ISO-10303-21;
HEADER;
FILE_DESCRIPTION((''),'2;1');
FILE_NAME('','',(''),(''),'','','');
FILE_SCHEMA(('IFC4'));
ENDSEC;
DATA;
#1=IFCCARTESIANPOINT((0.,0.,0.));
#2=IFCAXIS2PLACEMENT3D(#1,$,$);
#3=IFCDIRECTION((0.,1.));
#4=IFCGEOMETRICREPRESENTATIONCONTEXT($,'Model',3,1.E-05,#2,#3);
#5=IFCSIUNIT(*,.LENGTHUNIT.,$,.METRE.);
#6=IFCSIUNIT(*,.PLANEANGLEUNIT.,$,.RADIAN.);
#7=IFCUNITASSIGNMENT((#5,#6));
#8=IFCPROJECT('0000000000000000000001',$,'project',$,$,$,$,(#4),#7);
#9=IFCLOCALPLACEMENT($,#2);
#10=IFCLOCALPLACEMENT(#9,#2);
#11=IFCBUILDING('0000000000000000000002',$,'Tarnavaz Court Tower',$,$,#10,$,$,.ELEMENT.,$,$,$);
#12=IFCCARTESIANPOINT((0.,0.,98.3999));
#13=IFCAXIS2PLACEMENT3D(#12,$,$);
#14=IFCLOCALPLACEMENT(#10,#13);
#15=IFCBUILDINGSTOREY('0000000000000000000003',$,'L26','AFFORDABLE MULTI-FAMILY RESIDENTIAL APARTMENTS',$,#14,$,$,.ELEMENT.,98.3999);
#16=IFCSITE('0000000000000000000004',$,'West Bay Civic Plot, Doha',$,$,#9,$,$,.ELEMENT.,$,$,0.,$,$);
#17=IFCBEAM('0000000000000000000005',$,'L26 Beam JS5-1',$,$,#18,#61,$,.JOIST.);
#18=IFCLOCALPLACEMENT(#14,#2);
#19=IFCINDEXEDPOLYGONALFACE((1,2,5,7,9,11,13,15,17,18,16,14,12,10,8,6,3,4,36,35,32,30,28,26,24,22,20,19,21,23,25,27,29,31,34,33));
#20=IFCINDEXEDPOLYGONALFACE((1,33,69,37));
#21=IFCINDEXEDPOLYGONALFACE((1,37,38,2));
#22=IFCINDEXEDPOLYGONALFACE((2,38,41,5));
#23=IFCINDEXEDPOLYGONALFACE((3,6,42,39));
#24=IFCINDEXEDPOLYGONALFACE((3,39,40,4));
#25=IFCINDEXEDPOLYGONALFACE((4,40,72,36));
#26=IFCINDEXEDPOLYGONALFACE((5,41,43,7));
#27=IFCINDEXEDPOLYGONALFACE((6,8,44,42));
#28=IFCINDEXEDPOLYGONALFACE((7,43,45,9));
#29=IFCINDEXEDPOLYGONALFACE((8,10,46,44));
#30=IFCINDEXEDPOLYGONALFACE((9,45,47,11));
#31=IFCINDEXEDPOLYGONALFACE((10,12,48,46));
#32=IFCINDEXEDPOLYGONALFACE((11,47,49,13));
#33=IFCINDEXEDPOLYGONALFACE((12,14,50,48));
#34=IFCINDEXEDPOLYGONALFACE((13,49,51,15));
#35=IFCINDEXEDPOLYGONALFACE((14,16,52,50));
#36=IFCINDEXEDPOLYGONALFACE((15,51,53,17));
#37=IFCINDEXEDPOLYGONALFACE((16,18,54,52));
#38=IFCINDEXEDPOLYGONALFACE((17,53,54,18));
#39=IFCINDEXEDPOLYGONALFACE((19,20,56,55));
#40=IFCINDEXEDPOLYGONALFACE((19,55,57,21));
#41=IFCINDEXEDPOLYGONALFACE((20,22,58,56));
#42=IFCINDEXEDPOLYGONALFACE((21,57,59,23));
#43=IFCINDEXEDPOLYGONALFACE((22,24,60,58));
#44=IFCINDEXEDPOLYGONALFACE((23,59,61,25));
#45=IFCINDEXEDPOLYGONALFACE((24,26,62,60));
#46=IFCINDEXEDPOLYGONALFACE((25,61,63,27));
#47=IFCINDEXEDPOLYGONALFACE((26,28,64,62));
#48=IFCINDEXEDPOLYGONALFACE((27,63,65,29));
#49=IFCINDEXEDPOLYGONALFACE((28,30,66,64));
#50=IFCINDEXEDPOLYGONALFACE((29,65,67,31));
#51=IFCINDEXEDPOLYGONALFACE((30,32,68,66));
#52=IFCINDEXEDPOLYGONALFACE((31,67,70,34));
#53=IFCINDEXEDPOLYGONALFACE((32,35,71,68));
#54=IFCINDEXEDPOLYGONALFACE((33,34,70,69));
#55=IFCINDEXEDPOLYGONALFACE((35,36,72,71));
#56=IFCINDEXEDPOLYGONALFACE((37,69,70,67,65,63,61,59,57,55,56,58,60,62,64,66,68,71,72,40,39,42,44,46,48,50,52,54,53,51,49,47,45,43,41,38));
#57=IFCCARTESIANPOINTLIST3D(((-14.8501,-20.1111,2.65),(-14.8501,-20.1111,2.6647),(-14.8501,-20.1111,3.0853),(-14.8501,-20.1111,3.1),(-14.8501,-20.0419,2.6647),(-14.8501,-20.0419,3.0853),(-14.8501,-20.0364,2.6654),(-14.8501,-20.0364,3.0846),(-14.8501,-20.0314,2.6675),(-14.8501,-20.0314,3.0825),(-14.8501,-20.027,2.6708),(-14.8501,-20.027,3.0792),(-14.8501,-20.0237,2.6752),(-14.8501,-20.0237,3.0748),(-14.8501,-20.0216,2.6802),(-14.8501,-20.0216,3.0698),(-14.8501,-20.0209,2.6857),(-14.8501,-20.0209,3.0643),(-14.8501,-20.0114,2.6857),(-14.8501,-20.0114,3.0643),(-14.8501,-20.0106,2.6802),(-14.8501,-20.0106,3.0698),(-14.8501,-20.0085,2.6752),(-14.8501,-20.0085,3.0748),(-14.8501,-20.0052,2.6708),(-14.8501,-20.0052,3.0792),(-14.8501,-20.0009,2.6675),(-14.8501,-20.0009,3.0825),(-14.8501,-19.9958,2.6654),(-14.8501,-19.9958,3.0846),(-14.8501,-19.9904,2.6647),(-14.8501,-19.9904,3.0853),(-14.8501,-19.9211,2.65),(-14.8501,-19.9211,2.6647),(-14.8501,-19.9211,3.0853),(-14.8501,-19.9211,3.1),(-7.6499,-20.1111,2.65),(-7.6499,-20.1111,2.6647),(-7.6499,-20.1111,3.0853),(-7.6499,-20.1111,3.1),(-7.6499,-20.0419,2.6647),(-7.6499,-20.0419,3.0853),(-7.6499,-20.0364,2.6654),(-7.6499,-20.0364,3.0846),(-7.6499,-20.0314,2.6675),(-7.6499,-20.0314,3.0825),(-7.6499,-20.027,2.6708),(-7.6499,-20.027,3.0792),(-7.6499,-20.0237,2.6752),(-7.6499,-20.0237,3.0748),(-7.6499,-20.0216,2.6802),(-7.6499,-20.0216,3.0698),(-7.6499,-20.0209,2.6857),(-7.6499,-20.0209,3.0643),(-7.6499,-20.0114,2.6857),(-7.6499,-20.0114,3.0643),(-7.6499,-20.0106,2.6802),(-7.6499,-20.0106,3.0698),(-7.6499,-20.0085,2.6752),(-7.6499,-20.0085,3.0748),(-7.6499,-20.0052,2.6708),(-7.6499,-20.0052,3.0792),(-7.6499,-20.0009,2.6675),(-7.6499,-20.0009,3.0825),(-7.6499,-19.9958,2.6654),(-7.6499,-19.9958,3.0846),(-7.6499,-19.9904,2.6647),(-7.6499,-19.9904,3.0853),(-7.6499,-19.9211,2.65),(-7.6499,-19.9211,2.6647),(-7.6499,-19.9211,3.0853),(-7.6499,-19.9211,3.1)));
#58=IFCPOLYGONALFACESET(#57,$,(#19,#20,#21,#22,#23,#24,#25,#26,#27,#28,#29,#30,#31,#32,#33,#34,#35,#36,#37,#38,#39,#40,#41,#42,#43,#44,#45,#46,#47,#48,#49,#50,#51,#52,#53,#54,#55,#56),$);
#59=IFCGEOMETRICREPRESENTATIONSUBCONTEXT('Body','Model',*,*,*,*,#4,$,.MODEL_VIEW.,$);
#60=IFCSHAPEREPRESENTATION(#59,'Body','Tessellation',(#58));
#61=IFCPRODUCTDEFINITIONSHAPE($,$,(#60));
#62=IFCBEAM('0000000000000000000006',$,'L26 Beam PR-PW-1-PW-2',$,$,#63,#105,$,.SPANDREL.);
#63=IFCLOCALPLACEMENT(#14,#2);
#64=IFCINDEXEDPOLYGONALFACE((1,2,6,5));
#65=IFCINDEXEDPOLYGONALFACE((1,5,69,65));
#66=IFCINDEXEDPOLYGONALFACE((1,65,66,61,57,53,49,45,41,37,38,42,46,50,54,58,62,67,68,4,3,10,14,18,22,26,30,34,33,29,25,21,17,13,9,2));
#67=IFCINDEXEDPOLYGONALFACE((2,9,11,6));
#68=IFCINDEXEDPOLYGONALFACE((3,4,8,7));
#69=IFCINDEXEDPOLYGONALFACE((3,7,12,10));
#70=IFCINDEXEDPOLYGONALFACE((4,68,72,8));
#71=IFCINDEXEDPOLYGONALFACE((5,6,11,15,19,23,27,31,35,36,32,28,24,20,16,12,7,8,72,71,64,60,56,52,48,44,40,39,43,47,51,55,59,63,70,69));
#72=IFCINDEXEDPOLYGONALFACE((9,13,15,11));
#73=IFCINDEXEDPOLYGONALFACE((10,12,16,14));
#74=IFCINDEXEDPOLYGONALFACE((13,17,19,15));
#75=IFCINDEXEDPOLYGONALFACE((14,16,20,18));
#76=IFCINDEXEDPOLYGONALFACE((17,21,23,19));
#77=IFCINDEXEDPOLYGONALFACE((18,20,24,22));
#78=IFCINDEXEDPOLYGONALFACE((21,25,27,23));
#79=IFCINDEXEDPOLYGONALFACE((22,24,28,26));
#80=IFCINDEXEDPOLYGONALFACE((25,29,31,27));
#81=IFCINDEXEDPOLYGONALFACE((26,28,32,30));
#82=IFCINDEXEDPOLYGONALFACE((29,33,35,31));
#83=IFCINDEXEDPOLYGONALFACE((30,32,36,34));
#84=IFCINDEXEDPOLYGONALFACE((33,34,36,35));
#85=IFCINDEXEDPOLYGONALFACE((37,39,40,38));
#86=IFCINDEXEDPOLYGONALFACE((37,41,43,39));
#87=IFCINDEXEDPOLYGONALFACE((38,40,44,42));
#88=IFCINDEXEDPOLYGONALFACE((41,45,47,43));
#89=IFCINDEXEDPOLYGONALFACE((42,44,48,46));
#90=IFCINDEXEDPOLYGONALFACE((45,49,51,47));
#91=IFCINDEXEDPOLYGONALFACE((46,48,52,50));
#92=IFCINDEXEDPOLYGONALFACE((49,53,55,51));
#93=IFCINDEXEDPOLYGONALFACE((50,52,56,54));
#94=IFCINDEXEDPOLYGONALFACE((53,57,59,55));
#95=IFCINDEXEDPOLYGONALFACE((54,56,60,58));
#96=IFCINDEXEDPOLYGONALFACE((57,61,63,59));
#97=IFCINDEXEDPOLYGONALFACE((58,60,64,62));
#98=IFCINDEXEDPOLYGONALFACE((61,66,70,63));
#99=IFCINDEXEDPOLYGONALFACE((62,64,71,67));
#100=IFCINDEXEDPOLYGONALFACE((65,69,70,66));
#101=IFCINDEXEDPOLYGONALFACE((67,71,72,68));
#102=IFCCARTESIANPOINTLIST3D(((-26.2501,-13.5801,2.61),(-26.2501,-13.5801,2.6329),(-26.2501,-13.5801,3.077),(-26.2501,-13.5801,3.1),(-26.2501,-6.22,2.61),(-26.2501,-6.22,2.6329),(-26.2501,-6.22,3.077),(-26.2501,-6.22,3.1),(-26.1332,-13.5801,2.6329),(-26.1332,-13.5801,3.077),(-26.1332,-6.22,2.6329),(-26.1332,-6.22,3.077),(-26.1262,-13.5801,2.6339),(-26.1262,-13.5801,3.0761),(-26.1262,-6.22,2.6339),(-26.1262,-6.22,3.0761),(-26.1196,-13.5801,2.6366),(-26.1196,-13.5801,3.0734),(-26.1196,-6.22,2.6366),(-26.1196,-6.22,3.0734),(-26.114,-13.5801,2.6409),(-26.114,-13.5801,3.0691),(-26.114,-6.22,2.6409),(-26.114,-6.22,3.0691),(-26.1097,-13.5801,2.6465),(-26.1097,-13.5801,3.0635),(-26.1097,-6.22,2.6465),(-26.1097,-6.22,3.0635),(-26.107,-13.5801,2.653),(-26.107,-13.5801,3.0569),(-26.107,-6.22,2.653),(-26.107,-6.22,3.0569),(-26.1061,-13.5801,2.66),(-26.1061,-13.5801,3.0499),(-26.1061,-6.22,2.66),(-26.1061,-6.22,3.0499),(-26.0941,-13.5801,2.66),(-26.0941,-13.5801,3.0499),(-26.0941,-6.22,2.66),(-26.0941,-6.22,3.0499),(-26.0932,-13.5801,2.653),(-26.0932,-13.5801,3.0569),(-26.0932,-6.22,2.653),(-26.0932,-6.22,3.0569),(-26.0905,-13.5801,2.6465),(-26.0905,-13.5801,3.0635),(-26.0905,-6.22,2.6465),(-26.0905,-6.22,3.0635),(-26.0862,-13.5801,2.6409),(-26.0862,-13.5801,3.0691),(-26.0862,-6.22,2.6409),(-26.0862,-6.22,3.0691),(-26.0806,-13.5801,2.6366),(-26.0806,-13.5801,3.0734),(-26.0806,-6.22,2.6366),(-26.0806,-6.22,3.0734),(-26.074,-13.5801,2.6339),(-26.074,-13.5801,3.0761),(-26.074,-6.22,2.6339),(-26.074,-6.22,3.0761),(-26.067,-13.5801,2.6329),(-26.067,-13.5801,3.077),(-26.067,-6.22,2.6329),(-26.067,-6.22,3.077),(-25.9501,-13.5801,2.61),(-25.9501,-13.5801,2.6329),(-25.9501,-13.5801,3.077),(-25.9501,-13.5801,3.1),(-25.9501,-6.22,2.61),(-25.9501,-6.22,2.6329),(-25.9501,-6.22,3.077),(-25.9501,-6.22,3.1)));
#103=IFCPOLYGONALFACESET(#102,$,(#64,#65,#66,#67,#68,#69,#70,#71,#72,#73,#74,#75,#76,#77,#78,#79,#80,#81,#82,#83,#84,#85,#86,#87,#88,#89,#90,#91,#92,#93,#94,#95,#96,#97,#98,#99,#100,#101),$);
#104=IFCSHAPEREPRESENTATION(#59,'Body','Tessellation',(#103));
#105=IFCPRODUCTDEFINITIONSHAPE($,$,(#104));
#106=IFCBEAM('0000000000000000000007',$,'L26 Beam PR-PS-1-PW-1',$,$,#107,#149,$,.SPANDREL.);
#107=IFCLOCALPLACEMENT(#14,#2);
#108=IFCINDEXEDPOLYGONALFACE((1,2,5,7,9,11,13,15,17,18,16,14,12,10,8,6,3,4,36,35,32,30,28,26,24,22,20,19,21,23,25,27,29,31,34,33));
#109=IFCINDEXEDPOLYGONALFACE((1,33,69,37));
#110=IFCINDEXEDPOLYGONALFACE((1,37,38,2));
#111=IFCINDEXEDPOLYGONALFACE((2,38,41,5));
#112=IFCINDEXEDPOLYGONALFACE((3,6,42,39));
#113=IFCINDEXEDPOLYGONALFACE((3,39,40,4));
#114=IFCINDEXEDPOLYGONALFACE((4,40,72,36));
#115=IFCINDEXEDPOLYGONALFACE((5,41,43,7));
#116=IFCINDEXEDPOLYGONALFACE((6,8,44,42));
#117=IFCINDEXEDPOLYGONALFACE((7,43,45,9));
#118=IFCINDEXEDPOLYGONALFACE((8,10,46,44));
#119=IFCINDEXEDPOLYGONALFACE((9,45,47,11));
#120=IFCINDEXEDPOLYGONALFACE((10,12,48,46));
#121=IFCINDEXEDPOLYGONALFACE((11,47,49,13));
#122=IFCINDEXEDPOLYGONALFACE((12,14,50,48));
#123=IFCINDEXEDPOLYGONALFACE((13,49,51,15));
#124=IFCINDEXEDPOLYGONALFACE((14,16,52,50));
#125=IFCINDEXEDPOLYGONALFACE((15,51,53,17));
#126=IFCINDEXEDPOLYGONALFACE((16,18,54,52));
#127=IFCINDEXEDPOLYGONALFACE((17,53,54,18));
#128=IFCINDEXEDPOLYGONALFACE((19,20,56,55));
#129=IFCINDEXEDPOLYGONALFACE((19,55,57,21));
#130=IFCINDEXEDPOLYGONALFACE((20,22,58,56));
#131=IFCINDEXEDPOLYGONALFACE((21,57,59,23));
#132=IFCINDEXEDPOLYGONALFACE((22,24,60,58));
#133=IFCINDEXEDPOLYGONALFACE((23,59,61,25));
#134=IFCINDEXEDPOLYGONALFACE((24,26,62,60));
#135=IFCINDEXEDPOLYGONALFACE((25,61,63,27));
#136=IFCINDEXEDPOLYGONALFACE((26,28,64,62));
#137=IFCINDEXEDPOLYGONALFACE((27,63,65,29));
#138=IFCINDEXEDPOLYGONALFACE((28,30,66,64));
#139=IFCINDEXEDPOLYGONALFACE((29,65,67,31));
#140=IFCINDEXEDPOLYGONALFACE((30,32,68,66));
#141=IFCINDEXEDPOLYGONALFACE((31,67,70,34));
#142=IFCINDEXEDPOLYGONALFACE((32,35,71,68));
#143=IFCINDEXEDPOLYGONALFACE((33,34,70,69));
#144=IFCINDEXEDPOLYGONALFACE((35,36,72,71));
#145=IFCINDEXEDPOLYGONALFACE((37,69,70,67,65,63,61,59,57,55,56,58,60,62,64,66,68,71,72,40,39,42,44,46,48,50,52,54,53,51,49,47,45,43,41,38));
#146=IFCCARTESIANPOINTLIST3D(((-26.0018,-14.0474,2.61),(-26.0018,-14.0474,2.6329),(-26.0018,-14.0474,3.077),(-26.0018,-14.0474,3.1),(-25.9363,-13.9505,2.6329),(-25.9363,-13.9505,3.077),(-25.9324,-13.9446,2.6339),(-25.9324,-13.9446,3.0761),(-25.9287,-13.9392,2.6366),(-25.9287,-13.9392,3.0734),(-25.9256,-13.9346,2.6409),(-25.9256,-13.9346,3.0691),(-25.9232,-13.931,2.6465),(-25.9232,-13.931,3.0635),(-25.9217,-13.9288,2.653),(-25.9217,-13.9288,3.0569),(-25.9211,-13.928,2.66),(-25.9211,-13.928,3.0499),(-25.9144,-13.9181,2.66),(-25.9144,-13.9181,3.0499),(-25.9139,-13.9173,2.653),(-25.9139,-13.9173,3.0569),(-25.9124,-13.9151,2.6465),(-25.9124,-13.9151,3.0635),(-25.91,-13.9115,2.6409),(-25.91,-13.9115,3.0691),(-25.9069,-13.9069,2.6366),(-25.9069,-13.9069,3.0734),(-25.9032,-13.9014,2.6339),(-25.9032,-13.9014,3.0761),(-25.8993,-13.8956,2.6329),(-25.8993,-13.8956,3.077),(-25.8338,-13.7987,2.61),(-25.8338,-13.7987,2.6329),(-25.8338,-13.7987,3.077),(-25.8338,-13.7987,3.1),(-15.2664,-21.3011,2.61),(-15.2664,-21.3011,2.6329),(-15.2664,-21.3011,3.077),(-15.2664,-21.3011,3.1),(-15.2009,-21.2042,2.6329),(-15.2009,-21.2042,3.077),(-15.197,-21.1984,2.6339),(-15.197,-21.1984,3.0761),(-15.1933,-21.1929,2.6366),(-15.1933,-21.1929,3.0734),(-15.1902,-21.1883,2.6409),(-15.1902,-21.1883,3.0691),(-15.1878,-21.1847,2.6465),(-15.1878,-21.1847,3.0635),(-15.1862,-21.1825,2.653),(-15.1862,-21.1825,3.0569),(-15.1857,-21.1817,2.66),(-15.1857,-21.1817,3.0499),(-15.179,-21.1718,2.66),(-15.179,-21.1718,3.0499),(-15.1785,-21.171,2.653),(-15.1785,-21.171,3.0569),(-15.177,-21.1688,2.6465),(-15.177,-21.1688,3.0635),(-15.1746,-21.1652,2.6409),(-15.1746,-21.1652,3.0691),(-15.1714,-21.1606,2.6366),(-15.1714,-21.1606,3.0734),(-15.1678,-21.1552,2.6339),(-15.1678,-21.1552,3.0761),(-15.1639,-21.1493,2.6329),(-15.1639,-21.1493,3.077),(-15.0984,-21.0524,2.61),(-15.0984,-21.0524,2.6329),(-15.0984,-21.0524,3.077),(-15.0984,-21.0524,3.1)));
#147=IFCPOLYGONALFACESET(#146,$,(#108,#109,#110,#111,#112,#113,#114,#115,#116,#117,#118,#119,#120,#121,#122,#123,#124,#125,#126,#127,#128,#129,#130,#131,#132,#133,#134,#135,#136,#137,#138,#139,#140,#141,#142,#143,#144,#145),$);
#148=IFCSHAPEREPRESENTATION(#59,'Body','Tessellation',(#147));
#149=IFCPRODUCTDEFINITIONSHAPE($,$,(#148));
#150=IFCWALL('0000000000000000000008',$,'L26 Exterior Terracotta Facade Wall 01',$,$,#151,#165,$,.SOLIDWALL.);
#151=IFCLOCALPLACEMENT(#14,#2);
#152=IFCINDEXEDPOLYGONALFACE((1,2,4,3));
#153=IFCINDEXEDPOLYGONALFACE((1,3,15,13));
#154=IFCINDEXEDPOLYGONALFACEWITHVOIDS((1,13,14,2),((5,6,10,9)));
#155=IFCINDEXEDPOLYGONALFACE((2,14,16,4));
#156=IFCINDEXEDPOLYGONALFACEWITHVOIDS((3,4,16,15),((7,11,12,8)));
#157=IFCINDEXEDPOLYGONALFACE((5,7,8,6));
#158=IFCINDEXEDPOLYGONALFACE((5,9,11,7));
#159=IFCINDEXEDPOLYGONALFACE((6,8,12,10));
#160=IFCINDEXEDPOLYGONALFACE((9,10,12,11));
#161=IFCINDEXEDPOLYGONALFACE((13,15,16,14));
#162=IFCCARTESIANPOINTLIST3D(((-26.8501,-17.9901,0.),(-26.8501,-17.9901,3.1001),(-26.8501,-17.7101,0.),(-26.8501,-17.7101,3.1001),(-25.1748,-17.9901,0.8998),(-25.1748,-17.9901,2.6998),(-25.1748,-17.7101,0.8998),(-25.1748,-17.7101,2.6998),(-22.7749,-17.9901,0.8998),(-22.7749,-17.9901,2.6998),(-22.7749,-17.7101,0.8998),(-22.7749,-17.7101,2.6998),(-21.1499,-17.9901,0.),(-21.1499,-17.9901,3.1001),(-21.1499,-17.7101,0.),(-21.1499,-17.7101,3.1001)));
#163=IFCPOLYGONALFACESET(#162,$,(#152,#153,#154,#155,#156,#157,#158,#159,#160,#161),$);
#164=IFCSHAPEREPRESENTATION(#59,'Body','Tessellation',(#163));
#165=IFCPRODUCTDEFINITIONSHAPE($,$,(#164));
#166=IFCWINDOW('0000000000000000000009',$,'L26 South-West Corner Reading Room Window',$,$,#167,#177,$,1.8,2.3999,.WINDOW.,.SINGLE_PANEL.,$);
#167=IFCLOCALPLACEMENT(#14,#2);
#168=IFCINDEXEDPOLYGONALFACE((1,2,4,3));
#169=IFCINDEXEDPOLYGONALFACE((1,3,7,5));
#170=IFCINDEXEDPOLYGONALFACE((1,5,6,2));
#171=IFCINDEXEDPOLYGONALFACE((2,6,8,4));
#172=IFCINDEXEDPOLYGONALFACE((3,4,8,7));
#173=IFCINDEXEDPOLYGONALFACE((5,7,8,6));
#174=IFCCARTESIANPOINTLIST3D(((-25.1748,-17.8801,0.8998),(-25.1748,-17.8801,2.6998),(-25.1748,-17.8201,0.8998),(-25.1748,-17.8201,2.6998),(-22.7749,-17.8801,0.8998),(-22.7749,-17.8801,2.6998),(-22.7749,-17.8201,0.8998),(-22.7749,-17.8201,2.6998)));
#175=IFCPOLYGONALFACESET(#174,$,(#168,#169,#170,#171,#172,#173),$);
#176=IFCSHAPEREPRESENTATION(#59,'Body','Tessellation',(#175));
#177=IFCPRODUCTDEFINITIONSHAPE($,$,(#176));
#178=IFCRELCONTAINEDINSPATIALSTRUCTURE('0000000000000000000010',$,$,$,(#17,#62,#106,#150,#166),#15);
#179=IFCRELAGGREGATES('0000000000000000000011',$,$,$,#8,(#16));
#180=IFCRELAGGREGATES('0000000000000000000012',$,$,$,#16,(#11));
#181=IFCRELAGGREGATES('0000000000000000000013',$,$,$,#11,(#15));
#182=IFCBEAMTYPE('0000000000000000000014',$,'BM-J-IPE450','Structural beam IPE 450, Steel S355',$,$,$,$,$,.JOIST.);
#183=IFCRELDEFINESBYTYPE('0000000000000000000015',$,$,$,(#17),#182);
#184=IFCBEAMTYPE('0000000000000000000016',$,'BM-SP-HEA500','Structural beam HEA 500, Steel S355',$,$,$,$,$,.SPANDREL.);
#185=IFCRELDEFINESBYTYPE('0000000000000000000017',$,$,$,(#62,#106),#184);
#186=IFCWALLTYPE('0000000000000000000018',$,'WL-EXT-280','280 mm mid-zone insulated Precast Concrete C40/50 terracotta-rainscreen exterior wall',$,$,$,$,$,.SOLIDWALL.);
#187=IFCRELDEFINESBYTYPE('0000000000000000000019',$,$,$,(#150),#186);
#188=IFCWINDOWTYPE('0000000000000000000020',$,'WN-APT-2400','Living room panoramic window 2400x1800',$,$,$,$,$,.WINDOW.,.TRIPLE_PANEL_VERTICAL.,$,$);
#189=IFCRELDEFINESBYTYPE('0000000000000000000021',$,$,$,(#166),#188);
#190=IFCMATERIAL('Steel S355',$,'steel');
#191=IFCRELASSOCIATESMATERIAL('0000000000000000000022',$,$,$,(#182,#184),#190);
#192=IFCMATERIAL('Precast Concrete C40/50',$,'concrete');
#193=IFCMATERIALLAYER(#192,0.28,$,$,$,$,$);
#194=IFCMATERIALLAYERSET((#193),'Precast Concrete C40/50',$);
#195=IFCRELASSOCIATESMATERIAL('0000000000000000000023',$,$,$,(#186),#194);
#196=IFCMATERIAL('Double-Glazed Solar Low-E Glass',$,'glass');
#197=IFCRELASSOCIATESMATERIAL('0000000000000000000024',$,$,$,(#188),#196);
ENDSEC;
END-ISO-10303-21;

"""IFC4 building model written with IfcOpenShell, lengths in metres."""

from ifc_helpers import new_model, si_unit, direction, frame, frame_2d, origin, origin_2d, place, context, subcontext, project, spatial, rectangle, i_section, extrude, material, layer, layer_set, material_profile, profile_set, type_object, element, fill, save


model = new_model("IFC4")

# Units and contexts
model_context = context("Model", 3, precision=1e-05, world=origin(), true_north=direction((0.0, 1.0)))
body_context = subcontext(model_context, "Body", "Model", "MODEL_VIEW")
ifc_project = project(units=[si_unit("LENGTHUNIT", "METRE"), si_unit("PLANEANGLEUNIT", "RADIAN")], contexts=[model_context])

# Site, building, storey
site_placement = place(None, origin())
site = spatial("IfcSite", under=ifc_project, at=site_placement, Name="West Bay Civic Plot, Doha", CompositionType="ELEMENT", RefElevation=0.0)
building_placement = place(site_placement, origin())
building = spatial("IfcBuilding", under=site, at=building_placement, Name="Tarnavaz Court Tower", CompositionType="ELEMENT")
storey_placement = place(building_placement, frame((0.0, 0.0, 98.3999)))
storey = spatial("IfcBuildingStorey", under=building, at=storey_placement, Name="L26", Description="AFFORDABLE MULTI-FAMILY RESIDENTIAL APARTMENTS", CompositionType="ELEMENT", Elevation=98.3999)

# Beams
ifc_material_1 = material(Name="Steel S355", Category="steel")
ifc_material_profile_1 = material_profile(ifc_material_1, i_section(OverallWidth=0.1899, OverallDepth=0.45, WebThickness=0.0095, FlangeThickness=0.0146, FilletRadius=0.021, at=origin_2d()), Name="IPE 450")
ifc_profile_set_1 = profile_set([ifc_material_profile_1], Name="Steel S355")
beam_type_1 = type_object("IfcBeamType", Name="BM-J-IPE450", Description="Structural beam IPE 450, Steel S355", PredefinedType="JOIST", material=ifc_profile_set_1)
for number, where, z_axis, x_axis, name in (
    (1, (-14.8501, -20.0161, 2.875), (1.0, 0.0, 0.0), (0.0, 1.0, 0.0), "L26 Beam JS5-1"),
):
    element("IfcBeam", number, at=place(storey_placement, frame(where, z_axis=z_axis, x_axis=x_axis)), inside=storey, type_object=beam_type_1, Name=name, PredefinedType="JOIST", context=body_context, shape_type="SweptSolid", body=[
        extrude(i_section(OverallWidth=0.1899, OverallDepth=0.45, WebThickness=0.0095, FlangeThickness=0.0146, FilletRadius=0.021, at=origin_2d()), origin(), (0.0, 0.0, 1.0), 7.2002),
    ])
ifc_material_profile_2 = material_profile(ifc_material_1, i_section(OverallWidth=0.3, OverallDepth=0.49, WebThickness=0.012, FlangeThickness=0.0229, FilletRadius=0.0271, at=origin_2d()), Name="HEA 500")
ifc_profile_set_2 = profile_set([ifc_material_profile_2], Name="Steel S355")
beam_type_2 = type_object("IfcBeamType", Name="BM-SP-HEA500", Description="Structural beam HEA 500, Steel S355", PredefinedType="SPANDREL", material=ifc_profile_set_2)
beam_1_placement = place(storey_placement, frame((-26.1001, -13.5801, 2.855), z_axis=(0.0, 1.0, 0.0), x_axis=(-1.0, 0.0, 0.0)))
element("IfcBeam", 2, at=beam_1_placement, inside=storey, type_object=beam_type_2, Name="L26 Beam PR-PW-1-PW-2", PredefinedType="SPANDREL", context=body_context, shape_type="SweptSolid", body=[
    extrude(i_section(OverallWidth=0.3, OverallDepth=0.49, WebThickness=0.012, FlangeThickness=0.0229, FilletRadius=0.0271, at=origin_2d()), origin(), (0.0, 0.0, 1.0), 7.3601),
])
beam_2_placement = place(storey_placement, frame((-15.1824, -21.1768, 2.855), z_axis=(-0.828587, 0.55986, 0.0), x_axis=(-0.55986, -0.828587, 0.0)))
element("IfcBeam", 3, at=beam_2_placement, inside=storey, type_object=beam_type_2, Name="L26 Beam PR-PS-1-PW-1", PredefinedType="SPANDREL", context=body_context, shape_type="SweptSolid", body=[
    extrude(i_section(OverallWidth=0.3, OverallDepth=0.49, WebThickness=0.012, FlangeThickness=0.0229, FilletRadius=0.0271, at=origin_2d()), origin(), (0.0, 0.0, 1.0), 12.9563),
])

# Wall, opening, window
ifc_material_2 = material(Name="Precast Concrete C40/50", Category="concrete")
ifc_layer_1 = layer(ifc_material_2, 0.28)
ifc_layer_set_1 = layer_set([ifc_layer_1], Name="Precast Concrete C40/50")
wall_type_1 = type_object("IfcWallType", Name="WL-EXT-280", Description="280 mm mid-zone insulated Precast Concrete C40/50 terracotta-rainscreen exterior wall", PredefinedType="SOLIDWALL", material=ifc_layer_set_1)
wall_1_placement = place(storey_placement, frame((-21.1499, -17.8501, 0.0), z_axis=(0.0, 0.0, 1.0), x_axis=(-1.0, 0.0, 0.0)))
wall_1 = element("IfcWall", 4, at=wall_1_placement, inside=storey, type_object=wall_type_1, Name="L26 Exterior Terracotta Facade Wall 01", PredefinedType="SOLIDWALL", context=body_context, shape_type="SweptSolid", body=[
    extrude(rectangle(XDim=5.7002, YDim=0.28, at=frame_2d((2.8501, 0.0))), origin(), (0.0, 0.0, 1.0), 3.1001),
])
opening_1_placement = place(wall_1_placement, frame((1.625, 0.0, 0.8999)))
opening_1 = element("IfcOpeningElement", 5, at=opening_1_placement, cuts=wall_1, PredefinedType="OPENING", context=body_context, shape_type="SweptSolid", body=[
    extrude(rectangle(XDim=2.3999, YDim=1.8, at=frame_2d((1.2, 0.8999))), frame((0.0, 0.1499, 0.0), z_axis=(0.0, -1.0, 0.0), x_axis=(1.0, 0.0, 0.0)), (0.0, 0.0, 1.0), 0.3),
])
ifc_material_3 = material(Name="Double-Glazed Solar Low-E Glass", Category="glass")
window_type_1 = type_object("IfcWindowType", Name="WN-APT-2400", Description="Living room panoramic window 2400x1800", PartitioningType="TRIPLE_PANEL_VERTICAL", PredefinedType="WINDOW", material=ifc_material_3)
window_1_placement = place(opening_1_placement, origin())
window_1 = element("IfcWindow", 6, at=window_1_placement, inside=storey, type_object=window_type_1, Name="L26 South-West Corner Reading Room Window", OverallHeight=1.8, OverallWidth=2.3999, PartitioningType="SINGLE_PANEL", PredefinedType="WINDOW", context=body_context, shape_type="SweptSolid", body=[
    extrude(rectangle(XDim=2.3999, YDim=1.8, at=frame_2d((1.2, 0.8999))), frame((0.0, 0.03, 0.0), z_axis=(0.0, -1.0, 0.0), x_axis=(1.0, 0.0, 0.0)), (0.0, 0.0, 1.0), 0.0601),
])
fill(opening_1, window_1)

save(model, "model.ifc")
